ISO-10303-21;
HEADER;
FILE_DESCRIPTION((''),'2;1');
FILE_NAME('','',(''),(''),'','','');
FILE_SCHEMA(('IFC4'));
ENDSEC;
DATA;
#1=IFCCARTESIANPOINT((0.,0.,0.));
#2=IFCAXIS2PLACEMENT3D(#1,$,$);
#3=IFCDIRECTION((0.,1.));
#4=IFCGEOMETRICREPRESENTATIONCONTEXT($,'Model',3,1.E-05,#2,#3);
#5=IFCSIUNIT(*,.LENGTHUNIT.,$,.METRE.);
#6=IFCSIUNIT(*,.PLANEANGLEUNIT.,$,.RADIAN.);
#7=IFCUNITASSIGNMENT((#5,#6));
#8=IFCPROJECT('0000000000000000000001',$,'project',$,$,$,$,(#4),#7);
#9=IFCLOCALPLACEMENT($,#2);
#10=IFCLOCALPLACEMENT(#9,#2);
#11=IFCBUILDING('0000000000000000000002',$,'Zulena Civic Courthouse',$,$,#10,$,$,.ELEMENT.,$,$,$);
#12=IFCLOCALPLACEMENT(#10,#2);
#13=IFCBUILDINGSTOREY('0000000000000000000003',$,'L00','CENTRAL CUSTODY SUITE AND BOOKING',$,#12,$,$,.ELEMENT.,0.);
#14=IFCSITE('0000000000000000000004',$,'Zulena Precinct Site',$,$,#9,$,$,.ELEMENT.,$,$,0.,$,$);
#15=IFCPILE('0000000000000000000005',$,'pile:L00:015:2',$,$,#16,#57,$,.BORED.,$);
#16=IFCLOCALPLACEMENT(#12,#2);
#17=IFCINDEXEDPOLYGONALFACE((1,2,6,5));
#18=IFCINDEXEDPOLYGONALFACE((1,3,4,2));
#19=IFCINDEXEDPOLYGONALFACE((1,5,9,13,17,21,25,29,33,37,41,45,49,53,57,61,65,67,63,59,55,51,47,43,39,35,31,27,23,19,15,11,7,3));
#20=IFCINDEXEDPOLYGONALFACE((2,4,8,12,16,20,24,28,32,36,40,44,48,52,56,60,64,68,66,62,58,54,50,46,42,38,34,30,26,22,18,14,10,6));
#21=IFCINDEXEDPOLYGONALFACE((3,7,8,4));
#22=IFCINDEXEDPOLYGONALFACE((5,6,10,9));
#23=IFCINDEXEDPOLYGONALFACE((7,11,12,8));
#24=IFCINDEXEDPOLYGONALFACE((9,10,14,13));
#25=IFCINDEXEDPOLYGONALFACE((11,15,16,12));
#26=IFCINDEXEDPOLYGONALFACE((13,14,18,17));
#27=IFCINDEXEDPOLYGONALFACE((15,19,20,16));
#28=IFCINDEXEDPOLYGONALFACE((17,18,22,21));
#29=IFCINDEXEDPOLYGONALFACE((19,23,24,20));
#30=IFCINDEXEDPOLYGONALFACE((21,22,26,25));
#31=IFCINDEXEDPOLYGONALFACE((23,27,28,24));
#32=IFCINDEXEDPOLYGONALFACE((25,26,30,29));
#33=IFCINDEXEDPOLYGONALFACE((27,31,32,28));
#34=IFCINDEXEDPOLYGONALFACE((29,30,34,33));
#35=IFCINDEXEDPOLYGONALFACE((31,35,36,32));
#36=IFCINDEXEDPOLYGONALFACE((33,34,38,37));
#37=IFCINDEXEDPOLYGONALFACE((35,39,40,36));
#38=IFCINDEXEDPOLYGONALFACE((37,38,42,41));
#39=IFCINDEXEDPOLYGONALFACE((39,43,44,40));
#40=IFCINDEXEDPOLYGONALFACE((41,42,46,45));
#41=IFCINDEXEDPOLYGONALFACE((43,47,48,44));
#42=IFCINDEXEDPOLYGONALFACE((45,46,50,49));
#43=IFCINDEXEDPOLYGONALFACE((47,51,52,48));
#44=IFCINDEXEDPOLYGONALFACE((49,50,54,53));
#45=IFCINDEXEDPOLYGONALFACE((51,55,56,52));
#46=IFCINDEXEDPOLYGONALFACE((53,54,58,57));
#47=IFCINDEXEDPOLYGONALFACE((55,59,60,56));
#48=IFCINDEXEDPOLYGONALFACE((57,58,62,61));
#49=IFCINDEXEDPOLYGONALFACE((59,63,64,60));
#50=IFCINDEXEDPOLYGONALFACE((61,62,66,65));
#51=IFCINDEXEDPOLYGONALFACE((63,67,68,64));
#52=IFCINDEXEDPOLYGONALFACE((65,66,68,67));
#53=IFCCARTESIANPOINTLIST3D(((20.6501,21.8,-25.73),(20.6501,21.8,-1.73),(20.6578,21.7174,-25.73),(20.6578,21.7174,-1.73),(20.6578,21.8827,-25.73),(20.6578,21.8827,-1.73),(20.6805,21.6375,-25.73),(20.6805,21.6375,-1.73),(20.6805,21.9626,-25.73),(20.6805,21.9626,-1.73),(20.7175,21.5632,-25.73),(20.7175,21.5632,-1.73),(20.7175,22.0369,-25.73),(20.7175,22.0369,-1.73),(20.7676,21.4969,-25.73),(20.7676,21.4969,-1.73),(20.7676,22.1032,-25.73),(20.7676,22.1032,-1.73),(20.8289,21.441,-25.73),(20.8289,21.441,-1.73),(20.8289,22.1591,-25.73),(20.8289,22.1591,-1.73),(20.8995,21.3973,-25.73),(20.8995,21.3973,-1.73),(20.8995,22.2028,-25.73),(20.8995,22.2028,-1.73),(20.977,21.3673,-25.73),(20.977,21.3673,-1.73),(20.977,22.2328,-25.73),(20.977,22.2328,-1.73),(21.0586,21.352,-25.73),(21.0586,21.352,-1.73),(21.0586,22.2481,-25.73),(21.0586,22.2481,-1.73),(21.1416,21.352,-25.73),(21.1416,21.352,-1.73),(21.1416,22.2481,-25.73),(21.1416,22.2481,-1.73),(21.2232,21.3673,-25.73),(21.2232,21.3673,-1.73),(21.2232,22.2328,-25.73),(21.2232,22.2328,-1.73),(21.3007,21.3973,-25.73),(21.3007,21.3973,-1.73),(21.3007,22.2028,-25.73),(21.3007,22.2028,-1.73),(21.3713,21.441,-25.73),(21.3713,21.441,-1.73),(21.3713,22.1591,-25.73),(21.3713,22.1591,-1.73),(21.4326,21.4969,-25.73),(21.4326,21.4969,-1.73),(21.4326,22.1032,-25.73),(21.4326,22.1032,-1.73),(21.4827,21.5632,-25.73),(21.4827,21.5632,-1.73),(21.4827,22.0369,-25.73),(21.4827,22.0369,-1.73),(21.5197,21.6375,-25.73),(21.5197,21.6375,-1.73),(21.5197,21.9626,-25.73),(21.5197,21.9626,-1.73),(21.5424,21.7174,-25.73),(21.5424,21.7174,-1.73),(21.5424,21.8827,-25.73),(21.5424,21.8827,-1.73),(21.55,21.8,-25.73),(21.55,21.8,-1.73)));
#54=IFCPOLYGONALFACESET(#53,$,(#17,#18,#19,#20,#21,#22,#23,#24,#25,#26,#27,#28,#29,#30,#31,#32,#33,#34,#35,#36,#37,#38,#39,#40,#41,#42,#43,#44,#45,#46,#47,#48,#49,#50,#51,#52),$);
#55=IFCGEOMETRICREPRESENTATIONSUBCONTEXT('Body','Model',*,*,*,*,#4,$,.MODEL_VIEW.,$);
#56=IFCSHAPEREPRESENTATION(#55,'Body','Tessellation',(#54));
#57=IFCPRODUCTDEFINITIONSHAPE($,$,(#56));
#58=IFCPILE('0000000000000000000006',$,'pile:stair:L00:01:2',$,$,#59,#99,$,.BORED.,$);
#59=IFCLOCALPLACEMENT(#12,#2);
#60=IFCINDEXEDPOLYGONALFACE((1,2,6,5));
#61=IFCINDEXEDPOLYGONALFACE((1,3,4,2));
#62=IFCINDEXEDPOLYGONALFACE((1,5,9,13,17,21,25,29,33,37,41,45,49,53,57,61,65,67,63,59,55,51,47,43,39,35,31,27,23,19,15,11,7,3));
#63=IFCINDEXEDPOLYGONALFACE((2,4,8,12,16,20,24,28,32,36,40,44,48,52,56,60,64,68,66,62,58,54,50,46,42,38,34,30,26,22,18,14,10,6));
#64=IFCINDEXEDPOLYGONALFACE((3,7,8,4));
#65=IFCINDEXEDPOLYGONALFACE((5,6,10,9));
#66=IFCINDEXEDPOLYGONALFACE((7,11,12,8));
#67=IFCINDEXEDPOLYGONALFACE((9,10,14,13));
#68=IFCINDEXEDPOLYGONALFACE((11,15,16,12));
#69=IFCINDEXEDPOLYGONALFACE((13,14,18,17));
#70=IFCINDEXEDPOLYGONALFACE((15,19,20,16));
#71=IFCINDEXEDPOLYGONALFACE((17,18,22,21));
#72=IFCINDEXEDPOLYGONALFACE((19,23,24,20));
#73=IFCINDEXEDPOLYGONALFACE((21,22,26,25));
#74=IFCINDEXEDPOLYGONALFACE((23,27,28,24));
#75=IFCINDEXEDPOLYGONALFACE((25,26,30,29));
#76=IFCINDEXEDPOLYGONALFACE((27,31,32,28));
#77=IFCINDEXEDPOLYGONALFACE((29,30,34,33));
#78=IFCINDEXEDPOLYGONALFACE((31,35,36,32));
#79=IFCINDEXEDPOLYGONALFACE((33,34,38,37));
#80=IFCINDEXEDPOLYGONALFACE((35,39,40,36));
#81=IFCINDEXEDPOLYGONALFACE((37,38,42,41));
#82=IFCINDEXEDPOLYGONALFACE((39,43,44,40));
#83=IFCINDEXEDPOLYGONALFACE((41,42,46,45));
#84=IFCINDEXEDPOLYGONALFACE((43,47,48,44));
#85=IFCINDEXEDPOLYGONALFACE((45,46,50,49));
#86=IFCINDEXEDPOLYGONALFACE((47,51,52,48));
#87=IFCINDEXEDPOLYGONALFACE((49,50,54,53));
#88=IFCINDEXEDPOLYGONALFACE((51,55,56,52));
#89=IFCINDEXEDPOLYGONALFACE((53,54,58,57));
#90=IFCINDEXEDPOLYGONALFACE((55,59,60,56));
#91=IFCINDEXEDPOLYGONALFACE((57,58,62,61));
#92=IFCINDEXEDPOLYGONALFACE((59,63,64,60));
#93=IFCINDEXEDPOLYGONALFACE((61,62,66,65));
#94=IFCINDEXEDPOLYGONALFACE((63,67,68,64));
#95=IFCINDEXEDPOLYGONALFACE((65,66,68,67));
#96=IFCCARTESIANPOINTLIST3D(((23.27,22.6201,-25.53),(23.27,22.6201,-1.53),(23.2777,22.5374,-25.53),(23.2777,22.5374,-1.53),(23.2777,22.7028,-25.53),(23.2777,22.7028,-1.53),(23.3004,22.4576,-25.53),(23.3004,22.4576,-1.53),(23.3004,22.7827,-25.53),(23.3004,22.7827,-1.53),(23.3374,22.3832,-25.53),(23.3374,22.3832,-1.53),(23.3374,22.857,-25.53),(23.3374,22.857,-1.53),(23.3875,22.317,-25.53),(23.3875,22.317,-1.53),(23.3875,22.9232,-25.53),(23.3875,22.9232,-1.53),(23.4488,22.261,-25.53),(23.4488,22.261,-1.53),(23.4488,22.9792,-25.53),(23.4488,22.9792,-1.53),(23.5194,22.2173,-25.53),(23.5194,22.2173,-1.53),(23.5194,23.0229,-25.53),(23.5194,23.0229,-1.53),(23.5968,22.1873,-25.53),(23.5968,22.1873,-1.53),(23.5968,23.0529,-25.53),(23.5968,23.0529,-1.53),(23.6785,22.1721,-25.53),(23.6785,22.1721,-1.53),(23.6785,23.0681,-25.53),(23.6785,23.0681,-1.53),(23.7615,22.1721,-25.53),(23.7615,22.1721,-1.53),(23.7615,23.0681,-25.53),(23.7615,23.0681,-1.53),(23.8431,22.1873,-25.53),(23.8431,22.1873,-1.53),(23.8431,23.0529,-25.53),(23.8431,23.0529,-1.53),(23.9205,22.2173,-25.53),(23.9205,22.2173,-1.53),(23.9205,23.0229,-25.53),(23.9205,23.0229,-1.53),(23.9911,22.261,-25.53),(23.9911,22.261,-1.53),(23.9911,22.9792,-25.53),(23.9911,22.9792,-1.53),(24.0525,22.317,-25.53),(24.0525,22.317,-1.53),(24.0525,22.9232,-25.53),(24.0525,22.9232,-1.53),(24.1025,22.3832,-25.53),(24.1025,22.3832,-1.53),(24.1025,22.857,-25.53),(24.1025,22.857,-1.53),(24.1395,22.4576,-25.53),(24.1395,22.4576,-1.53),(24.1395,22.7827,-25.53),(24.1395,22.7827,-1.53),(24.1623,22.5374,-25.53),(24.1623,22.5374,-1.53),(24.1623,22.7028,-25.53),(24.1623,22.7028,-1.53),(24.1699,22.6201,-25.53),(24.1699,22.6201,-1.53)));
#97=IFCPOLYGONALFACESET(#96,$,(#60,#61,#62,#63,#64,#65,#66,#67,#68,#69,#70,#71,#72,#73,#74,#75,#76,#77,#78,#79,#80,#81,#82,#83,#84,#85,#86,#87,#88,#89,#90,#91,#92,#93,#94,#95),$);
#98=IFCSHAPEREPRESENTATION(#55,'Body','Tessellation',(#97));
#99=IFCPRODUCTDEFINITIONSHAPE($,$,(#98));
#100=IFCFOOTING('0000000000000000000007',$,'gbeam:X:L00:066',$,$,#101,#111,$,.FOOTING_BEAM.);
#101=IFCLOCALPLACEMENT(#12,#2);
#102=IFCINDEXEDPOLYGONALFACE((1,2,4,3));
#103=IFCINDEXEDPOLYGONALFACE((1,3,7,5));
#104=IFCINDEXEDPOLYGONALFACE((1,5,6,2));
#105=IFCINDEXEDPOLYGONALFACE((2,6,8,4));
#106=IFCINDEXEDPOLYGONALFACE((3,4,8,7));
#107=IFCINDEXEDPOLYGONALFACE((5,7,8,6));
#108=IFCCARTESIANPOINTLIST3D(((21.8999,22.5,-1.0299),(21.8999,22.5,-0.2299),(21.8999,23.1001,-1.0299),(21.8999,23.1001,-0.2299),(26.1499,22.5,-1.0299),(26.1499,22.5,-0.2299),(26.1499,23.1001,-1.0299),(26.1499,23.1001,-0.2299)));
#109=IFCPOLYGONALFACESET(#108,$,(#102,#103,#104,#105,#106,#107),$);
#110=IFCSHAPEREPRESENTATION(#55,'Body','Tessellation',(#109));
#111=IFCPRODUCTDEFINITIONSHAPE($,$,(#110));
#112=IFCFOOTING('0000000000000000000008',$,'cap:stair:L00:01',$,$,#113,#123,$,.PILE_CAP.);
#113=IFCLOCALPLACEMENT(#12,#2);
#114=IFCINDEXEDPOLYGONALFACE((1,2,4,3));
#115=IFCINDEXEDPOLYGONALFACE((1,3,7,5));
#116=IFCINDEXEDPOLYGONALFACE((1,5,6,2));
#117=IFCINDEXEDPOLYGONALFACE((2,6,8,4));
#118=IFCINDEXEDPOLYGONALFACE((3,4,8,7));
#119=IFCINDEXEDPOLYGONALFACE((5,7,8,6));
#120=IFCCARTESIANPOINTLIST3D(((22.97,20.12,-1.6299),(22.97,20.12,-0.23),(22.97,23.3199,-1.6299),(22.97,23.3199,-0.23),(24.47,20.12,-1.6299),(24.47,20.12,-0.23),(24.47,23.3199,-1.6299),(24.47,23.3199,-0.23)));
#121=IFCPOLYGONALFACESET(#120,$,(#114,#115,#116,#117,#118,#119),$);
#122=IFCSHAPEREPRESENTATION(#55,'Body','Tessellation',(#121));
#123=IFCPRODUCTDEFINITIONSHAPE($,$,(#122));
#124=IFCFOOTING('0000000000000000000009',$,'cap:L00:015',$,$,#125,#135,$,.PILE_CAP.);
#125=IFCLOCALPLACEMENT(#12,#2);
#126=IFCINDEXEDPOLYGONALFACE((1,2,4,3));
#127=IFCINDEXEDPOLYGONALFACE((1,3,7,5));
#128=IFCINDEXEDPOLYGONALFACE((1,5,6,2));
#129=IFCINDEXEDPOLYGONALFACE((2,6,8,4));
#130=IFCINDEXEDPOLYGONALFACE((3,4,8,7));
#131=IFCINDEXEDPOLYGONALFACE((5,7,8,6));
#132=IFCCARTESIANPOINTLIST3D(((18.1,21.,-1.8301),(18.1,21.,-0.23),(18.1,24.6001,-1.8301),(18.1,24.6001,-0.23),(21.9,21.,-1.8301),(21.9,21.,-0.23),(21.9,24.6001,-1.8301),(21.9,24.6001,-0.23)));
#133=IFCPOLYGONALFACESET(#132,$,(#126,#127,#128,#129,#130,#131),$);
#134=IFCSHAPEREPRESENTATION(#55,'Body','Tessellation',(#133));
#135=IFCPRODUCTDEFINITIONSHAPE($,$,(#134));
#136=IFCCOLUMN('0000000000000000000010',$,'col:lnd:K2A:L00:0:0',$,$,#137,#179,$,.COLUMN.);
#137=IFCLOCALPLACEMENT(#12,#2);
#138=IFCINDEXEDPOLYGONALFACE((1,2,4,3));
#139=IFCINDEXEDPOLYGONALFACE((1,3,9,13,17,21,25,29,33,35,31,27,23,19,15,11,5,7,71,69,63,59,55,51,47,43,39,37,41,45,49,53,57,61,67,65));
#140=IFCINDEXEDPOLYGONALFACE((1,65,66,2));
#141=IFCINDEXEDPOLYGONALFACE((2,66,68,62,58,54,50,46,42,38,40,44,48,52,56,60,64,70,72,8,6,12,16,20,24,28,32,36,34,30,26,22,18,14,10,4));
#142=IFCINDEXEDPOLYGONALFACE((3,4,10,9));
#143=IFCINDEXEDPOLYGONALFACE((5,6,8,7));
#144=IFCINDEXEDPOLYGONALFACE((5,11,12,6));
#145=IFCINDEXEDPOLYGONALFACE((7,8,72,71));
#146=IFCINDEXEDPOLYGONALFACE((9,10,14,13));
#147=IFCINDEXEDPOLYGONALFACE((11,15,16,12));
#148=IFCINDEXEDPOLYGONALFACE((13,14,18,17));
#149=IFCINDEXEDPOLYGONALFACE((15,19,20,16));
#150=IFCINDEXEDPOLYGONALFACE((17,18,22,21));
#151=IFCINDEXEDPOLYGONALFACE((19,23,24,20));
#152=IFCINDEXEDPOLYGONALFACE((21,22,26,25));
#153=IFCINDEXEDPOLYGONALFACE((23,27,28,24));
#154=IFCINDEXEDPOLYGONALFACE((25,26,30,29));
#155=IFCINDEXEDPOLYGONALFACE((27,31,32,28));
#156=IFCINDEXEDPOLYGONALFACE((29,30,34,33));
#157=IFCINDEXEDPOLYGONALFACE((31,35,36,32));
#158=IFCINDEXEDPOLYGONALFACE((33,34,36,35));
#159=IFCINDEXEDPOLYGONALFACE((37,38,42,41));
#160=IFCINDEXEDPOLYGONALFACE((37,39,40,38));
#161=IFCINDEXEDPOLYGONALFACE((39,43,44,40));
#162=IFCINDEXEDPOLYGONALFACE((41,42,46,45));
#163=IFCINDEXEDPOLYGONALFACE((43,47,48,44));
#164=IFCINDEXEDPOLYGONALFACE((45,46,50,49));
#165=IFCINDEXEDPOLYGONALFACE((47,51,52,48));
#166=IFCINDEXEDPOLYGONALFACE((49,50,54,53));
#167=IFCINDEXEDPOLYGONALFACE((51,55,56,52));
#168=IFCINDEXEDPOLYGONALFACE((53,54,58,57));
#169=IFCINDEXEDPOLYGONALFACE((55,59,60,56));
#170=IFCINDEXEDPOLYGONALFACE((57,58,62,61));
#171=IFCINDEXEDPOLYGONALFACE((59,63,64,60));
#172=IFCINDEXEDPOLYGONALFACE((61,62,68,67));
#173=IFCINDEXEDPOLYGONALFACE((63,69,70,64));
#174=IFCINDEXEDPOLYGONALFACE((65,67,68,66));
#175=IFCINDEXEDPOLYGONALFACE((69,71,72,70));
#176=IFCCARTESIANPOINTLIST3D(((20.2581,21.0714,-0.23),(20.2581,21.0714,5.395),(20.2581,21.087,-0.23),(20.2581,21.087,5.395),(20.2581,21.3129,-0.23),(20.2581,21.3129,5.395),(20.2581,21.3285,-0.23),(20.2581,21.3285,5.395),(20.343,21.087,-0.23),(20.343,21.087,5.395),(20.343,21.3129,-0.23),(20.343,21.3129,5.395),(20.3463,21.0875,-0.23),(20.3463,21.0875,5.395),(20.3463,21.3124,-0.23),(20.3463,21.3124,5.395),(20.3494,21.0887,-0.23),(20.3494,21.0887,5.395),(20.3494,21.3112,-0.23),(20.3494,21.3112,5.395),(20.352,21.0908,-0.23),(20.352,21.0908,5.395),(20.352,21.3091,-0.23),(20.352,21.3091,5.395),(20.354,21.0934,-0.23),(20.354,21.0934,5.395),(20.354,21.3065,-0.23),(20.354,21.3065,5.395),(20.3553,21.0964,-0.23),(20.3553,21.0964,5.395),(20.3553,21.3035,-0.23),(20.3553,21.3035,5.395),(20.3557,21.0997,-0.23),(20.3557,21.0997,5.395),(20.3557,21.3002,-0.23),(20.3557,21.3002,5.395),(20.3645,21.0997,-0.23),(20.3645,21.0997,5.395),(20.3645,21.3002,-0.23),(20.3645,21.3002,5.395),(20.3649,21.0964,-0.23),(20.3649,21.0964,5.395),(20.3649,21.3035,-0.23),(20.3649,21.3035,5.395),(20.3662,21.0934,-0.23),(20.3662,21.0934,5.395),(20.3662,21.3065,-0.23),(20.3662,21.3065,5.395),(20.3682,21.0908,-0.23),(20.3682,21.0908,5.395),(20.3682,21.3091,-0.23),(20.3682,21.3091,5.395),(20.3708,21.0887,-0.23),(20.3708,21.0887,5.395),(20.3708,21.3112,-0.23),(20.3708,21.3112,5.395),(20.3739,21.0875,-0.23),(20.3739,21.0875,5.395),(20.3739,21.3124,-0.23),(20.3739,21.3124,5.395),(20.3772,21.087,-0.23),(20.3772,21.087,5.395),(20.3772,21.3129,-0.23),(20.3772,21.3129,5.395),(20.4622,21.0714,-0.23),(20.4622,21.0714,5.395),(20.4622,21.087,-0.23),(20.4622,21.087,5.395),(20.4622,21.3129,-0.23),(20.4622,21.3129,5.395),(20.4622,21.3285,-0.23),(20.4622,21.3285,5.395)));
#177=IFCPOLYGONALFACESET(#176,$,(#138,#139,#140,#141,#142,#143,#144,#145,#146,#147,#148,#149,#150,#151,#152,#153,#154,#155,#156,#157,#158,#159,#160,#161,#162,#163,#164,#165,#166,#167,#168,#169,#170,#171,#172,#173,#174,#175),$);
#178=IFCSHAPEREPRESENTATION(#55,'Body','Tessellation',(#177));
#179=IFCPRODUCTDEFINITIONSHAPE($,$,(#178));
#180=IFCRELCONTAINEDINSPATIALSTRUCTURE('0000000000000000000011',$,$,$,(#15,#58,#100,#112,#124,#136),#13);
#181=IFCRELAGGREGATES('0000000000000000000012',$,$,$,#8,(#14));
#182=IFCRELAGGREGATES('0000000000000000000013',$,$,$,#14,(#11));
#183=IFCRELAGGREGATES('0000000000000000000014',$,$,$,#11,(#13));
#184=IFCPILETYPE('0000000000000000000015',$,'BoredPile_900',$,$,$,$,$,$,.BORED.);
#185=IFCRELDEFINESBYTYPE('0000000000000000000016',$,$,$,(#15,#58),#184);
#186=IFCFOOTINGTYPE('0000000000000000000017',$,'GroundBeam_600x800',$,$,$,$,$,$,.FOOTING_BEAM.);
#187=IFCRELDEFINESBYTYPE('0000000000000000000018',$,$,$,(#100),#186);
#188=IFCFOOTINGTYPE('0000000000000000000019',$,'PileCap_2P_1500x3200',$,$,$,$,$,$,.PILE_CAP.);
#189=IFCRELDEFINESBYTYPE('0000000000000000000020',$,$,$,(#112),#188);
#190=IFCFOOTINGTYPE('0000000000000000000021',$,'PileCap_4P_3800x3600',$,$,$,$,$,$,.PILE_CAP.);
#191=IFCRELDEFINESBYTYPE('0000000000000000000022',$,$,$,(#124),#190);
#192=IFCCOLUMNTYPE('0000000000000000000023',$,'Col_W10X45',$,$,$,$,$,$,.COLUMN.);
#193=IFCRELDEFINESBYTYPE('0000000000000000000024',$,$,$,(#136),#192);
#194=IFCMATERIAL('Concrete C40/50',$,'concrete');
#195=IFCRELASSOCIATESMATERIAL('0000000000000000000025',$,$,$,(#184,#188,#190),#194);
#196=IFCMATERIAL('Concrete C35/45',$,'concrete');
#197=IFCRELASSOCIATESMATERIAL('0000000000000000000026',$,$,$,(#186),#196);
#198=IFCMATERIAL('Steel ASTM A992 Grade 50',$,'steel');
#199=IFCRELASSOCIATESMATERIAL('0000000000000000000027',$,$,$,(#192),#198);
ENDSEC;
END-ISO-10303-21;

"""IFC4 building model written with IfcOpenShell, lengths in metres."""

from ifc_helpers import new_model, si_unit, direction, frame, origin, origin_2d, place, context, subcontext, project, spatial, rectangle, circle, i_section, extrude, material, material_profile, profile_set, type_object, element, save


model = new_model("IFC4")

# Units and contexts
model_context = context("Model", 3, precision=1e-05, world=origin(), true_north=direction((0.0, 1.0)))
body_context = subcontext(model_context, "Body", "Model", "MODEL_VIEW")
ifc_project = project(units=[si_unit("LENGTHUNIT", "METRE"), si_unit("PLANEANGLEUNIT", "RADIAN")], contexts=[model_context])

# Site, building, storey
site_placement = place(None, origin())
site = spatial("IfcSite", under=ifc_project, at=site_placement, Name="Zulena Precinct Site", CompositionType="ELEMENT", RefElevation=0.0)
building_placement = place(site_placement, origin())
building = spatial("IfcBuilding", under=site, at=building_placement, Name="Zulena Civic Courthouse", CompositionType="ELEMENT")
storey_placement = place(building_placement, origin())
storey = spatial("IfcBuildingStorey", under=building, at=storey_placement, Name="L00", Description="CENTRAL CUSTODY SUITE AND BOOKING", CompositionType="ELEMENT", Elevation=0.0)

# Piles
ifc_material_1 = material(Name="Concrete C40/50", Category="concrete")
ifc_material_profile_1 = material_profile(ifc_material_1, circle(Radius=0.45, at=origin_2d()), Name="PILE900")
ifc_profile_set_1 = profile_set([ifc_material_profile_1], Name="Concrete C40/50")
pile_type = type_object("IfcPileType", Name="BoredPile_900", PredefinedType="BORED", material=ifc_profile_set_1)
for number, where, z_axis, x_axis, name in (
    (1, (21.1001, 21.8, -1.73), (0.0, 0.0, -1.0), (1.0, 0.0, 0.0), "pile:L00:015:2"),
    (2, (23.72, 22.6201, -1.53), (0.0, 0.0, -1.0), (1.0, 0.0, 0.0), "pile:stair:L00:01:2"),
):
    element("IfcPile", number, at=place(storey_placement, frame(where, z_axis=z_axis, x_axis=x_axis)), inside=storey, type_object=pile_type, Name=name, PredefinedType="BORED", context=body_context, shape_type="SweptSolid", body=[
        extrude(circle(Radius=0.45, at=origin_2d()), origin(), (0.0, 0.0, 1.0), 24.0),
    ])

# Footings
ifc_material_2 = material(Name="Concrete C35/45", Category="concrete")
ifc_material_profile_2 = material_profile(ifc_material_2, rectangle(XDim=0.6001, YDim=0.8, at=origin_2d()), Name="RC600X800")
ifc_profile_set_2 = profile_set([ifc_material_profile_2], Name="Concrete C35/45")
footing_type_1 = type_object("IfcFootingType", Name="GroundBeam_600x800", PredefinedType="FOOTING_BEAM", material=ifc_profile_set_2)
footing_1_placement = place(storey_placement, frame((21.8999, 22.8, -0.6299), z_axis=(1.0, 0.0, 0.0), x_axis=(0.0, 1.0, 0.0)))
element("IfcFooting", 3, at=footing_1_placement, inside=storey, type_object=footing_type_1, Name="gbeam:X:L00:066", PredefinedType="FOOTING_BEAM", context=body_context, shape_type="SweptSolid", body=[
    extrude(rectangle(XDim=0.6001, YDim=0.8, at=origin_2d()), origin(), (0.0, 0.0, 1.0), 4.25),
])
footing_type_2 = type_object("IfcFootingType", Name="PileCap_2P_1500x3200", PredefinedType="PILE_CAP", material=ifc_material_1)
footing_2_placement = place(storey_placement, frame((23.72, 21.72, -1.6299), z_axis=(0.0, 0.0, 1.0), x_axis=(1.0, 0.0, 0.0)))
element("IfcFooting", 4, at=footing_2_placement, inside=storey, type_object=footing_type_2, Name="cap:stair:L00:01", PredefinedType="PILE_CAP", context=body_context, shape_type="SweptSolid", body=[
    extrude(rectangle(XDim=1.5, YDim=3.2, at=origin_2d()), origin(), (0.0, 0.0, 1.0), 1.3999),
])
footing_type_3 = type_object("IfcFootingType", Name="PileCap_4P_3800x3600", PredefinedType="PILE_CAP", material=ifc_material_1)
footing_3_placement = place(storey_placement, frame((20.0, 22.8, -1.8301), z_axis=(0.0, 0.0, 1.0), x_axis=(1.0, 0.0, 0.0)))
element("IfcFooting", 5, at=footing_3_placement, inside=storey, type_object=footing_type_3, Name="cap:L00:015", PredefinedType="PILE_CAP", context=body_context, shape_type="SweptSolid", body=[
    extrude(rectangle(XDim=3.8, YDim=3.6001, at=origin_2d()), origin(), (0.0, 0.0, 1.0), 1.6001),
])

# Column
ifc_material_3 = material(Name="Steel ASTM A992 Grade 50", Category="steel")
ifc_material_profile_3 = material_profile(ifc_material_3, i_section(OverallWidth=0.2041, OverallDepth=0.2571, WebThickness=0.0088, FlangeThickness=0.0156, FilletRadius=0.0127, at=origin_2d()), Name="W10X45")
ifc_profile_set_3 = profile_set([ifc_material_profile_3], Name="Steel ASTM A992 Grade 50")
column_type_1 = type_object("IfcColumnType", Name="Col_W10X45", PredefinedType="COLUMN", material=ifc_profile_set_3)
for number, where, z_axis, x_axis, name in (
    (6, (20.3601, 21.2, -0.23), (0.0, 0.0, 1.0), (1.0, 0.0, 0.0), "col:lnd:K2A:L00:0:0"),
):
    element("IfcColumn", number, at=place(storey_placement, frame(where, z_axis=z_axis, x_axis=x_axis)), inside=storey, type_object=column_type_1, Name=name, PredefinedType="COLUMN", context=body_context, shape_type="SweptSolid", body=[
        extrude(i_section(OverallWidth=0.2041, OverallDepth=0.2571, WebThickness=0.0088, FlangeThickness=0.0156, FilletRadius=0.0127, at=origin_2d()), origin(), (0.0, 0.0, 1.0), 5.625),
    ])

save(model, "model.ifc")
